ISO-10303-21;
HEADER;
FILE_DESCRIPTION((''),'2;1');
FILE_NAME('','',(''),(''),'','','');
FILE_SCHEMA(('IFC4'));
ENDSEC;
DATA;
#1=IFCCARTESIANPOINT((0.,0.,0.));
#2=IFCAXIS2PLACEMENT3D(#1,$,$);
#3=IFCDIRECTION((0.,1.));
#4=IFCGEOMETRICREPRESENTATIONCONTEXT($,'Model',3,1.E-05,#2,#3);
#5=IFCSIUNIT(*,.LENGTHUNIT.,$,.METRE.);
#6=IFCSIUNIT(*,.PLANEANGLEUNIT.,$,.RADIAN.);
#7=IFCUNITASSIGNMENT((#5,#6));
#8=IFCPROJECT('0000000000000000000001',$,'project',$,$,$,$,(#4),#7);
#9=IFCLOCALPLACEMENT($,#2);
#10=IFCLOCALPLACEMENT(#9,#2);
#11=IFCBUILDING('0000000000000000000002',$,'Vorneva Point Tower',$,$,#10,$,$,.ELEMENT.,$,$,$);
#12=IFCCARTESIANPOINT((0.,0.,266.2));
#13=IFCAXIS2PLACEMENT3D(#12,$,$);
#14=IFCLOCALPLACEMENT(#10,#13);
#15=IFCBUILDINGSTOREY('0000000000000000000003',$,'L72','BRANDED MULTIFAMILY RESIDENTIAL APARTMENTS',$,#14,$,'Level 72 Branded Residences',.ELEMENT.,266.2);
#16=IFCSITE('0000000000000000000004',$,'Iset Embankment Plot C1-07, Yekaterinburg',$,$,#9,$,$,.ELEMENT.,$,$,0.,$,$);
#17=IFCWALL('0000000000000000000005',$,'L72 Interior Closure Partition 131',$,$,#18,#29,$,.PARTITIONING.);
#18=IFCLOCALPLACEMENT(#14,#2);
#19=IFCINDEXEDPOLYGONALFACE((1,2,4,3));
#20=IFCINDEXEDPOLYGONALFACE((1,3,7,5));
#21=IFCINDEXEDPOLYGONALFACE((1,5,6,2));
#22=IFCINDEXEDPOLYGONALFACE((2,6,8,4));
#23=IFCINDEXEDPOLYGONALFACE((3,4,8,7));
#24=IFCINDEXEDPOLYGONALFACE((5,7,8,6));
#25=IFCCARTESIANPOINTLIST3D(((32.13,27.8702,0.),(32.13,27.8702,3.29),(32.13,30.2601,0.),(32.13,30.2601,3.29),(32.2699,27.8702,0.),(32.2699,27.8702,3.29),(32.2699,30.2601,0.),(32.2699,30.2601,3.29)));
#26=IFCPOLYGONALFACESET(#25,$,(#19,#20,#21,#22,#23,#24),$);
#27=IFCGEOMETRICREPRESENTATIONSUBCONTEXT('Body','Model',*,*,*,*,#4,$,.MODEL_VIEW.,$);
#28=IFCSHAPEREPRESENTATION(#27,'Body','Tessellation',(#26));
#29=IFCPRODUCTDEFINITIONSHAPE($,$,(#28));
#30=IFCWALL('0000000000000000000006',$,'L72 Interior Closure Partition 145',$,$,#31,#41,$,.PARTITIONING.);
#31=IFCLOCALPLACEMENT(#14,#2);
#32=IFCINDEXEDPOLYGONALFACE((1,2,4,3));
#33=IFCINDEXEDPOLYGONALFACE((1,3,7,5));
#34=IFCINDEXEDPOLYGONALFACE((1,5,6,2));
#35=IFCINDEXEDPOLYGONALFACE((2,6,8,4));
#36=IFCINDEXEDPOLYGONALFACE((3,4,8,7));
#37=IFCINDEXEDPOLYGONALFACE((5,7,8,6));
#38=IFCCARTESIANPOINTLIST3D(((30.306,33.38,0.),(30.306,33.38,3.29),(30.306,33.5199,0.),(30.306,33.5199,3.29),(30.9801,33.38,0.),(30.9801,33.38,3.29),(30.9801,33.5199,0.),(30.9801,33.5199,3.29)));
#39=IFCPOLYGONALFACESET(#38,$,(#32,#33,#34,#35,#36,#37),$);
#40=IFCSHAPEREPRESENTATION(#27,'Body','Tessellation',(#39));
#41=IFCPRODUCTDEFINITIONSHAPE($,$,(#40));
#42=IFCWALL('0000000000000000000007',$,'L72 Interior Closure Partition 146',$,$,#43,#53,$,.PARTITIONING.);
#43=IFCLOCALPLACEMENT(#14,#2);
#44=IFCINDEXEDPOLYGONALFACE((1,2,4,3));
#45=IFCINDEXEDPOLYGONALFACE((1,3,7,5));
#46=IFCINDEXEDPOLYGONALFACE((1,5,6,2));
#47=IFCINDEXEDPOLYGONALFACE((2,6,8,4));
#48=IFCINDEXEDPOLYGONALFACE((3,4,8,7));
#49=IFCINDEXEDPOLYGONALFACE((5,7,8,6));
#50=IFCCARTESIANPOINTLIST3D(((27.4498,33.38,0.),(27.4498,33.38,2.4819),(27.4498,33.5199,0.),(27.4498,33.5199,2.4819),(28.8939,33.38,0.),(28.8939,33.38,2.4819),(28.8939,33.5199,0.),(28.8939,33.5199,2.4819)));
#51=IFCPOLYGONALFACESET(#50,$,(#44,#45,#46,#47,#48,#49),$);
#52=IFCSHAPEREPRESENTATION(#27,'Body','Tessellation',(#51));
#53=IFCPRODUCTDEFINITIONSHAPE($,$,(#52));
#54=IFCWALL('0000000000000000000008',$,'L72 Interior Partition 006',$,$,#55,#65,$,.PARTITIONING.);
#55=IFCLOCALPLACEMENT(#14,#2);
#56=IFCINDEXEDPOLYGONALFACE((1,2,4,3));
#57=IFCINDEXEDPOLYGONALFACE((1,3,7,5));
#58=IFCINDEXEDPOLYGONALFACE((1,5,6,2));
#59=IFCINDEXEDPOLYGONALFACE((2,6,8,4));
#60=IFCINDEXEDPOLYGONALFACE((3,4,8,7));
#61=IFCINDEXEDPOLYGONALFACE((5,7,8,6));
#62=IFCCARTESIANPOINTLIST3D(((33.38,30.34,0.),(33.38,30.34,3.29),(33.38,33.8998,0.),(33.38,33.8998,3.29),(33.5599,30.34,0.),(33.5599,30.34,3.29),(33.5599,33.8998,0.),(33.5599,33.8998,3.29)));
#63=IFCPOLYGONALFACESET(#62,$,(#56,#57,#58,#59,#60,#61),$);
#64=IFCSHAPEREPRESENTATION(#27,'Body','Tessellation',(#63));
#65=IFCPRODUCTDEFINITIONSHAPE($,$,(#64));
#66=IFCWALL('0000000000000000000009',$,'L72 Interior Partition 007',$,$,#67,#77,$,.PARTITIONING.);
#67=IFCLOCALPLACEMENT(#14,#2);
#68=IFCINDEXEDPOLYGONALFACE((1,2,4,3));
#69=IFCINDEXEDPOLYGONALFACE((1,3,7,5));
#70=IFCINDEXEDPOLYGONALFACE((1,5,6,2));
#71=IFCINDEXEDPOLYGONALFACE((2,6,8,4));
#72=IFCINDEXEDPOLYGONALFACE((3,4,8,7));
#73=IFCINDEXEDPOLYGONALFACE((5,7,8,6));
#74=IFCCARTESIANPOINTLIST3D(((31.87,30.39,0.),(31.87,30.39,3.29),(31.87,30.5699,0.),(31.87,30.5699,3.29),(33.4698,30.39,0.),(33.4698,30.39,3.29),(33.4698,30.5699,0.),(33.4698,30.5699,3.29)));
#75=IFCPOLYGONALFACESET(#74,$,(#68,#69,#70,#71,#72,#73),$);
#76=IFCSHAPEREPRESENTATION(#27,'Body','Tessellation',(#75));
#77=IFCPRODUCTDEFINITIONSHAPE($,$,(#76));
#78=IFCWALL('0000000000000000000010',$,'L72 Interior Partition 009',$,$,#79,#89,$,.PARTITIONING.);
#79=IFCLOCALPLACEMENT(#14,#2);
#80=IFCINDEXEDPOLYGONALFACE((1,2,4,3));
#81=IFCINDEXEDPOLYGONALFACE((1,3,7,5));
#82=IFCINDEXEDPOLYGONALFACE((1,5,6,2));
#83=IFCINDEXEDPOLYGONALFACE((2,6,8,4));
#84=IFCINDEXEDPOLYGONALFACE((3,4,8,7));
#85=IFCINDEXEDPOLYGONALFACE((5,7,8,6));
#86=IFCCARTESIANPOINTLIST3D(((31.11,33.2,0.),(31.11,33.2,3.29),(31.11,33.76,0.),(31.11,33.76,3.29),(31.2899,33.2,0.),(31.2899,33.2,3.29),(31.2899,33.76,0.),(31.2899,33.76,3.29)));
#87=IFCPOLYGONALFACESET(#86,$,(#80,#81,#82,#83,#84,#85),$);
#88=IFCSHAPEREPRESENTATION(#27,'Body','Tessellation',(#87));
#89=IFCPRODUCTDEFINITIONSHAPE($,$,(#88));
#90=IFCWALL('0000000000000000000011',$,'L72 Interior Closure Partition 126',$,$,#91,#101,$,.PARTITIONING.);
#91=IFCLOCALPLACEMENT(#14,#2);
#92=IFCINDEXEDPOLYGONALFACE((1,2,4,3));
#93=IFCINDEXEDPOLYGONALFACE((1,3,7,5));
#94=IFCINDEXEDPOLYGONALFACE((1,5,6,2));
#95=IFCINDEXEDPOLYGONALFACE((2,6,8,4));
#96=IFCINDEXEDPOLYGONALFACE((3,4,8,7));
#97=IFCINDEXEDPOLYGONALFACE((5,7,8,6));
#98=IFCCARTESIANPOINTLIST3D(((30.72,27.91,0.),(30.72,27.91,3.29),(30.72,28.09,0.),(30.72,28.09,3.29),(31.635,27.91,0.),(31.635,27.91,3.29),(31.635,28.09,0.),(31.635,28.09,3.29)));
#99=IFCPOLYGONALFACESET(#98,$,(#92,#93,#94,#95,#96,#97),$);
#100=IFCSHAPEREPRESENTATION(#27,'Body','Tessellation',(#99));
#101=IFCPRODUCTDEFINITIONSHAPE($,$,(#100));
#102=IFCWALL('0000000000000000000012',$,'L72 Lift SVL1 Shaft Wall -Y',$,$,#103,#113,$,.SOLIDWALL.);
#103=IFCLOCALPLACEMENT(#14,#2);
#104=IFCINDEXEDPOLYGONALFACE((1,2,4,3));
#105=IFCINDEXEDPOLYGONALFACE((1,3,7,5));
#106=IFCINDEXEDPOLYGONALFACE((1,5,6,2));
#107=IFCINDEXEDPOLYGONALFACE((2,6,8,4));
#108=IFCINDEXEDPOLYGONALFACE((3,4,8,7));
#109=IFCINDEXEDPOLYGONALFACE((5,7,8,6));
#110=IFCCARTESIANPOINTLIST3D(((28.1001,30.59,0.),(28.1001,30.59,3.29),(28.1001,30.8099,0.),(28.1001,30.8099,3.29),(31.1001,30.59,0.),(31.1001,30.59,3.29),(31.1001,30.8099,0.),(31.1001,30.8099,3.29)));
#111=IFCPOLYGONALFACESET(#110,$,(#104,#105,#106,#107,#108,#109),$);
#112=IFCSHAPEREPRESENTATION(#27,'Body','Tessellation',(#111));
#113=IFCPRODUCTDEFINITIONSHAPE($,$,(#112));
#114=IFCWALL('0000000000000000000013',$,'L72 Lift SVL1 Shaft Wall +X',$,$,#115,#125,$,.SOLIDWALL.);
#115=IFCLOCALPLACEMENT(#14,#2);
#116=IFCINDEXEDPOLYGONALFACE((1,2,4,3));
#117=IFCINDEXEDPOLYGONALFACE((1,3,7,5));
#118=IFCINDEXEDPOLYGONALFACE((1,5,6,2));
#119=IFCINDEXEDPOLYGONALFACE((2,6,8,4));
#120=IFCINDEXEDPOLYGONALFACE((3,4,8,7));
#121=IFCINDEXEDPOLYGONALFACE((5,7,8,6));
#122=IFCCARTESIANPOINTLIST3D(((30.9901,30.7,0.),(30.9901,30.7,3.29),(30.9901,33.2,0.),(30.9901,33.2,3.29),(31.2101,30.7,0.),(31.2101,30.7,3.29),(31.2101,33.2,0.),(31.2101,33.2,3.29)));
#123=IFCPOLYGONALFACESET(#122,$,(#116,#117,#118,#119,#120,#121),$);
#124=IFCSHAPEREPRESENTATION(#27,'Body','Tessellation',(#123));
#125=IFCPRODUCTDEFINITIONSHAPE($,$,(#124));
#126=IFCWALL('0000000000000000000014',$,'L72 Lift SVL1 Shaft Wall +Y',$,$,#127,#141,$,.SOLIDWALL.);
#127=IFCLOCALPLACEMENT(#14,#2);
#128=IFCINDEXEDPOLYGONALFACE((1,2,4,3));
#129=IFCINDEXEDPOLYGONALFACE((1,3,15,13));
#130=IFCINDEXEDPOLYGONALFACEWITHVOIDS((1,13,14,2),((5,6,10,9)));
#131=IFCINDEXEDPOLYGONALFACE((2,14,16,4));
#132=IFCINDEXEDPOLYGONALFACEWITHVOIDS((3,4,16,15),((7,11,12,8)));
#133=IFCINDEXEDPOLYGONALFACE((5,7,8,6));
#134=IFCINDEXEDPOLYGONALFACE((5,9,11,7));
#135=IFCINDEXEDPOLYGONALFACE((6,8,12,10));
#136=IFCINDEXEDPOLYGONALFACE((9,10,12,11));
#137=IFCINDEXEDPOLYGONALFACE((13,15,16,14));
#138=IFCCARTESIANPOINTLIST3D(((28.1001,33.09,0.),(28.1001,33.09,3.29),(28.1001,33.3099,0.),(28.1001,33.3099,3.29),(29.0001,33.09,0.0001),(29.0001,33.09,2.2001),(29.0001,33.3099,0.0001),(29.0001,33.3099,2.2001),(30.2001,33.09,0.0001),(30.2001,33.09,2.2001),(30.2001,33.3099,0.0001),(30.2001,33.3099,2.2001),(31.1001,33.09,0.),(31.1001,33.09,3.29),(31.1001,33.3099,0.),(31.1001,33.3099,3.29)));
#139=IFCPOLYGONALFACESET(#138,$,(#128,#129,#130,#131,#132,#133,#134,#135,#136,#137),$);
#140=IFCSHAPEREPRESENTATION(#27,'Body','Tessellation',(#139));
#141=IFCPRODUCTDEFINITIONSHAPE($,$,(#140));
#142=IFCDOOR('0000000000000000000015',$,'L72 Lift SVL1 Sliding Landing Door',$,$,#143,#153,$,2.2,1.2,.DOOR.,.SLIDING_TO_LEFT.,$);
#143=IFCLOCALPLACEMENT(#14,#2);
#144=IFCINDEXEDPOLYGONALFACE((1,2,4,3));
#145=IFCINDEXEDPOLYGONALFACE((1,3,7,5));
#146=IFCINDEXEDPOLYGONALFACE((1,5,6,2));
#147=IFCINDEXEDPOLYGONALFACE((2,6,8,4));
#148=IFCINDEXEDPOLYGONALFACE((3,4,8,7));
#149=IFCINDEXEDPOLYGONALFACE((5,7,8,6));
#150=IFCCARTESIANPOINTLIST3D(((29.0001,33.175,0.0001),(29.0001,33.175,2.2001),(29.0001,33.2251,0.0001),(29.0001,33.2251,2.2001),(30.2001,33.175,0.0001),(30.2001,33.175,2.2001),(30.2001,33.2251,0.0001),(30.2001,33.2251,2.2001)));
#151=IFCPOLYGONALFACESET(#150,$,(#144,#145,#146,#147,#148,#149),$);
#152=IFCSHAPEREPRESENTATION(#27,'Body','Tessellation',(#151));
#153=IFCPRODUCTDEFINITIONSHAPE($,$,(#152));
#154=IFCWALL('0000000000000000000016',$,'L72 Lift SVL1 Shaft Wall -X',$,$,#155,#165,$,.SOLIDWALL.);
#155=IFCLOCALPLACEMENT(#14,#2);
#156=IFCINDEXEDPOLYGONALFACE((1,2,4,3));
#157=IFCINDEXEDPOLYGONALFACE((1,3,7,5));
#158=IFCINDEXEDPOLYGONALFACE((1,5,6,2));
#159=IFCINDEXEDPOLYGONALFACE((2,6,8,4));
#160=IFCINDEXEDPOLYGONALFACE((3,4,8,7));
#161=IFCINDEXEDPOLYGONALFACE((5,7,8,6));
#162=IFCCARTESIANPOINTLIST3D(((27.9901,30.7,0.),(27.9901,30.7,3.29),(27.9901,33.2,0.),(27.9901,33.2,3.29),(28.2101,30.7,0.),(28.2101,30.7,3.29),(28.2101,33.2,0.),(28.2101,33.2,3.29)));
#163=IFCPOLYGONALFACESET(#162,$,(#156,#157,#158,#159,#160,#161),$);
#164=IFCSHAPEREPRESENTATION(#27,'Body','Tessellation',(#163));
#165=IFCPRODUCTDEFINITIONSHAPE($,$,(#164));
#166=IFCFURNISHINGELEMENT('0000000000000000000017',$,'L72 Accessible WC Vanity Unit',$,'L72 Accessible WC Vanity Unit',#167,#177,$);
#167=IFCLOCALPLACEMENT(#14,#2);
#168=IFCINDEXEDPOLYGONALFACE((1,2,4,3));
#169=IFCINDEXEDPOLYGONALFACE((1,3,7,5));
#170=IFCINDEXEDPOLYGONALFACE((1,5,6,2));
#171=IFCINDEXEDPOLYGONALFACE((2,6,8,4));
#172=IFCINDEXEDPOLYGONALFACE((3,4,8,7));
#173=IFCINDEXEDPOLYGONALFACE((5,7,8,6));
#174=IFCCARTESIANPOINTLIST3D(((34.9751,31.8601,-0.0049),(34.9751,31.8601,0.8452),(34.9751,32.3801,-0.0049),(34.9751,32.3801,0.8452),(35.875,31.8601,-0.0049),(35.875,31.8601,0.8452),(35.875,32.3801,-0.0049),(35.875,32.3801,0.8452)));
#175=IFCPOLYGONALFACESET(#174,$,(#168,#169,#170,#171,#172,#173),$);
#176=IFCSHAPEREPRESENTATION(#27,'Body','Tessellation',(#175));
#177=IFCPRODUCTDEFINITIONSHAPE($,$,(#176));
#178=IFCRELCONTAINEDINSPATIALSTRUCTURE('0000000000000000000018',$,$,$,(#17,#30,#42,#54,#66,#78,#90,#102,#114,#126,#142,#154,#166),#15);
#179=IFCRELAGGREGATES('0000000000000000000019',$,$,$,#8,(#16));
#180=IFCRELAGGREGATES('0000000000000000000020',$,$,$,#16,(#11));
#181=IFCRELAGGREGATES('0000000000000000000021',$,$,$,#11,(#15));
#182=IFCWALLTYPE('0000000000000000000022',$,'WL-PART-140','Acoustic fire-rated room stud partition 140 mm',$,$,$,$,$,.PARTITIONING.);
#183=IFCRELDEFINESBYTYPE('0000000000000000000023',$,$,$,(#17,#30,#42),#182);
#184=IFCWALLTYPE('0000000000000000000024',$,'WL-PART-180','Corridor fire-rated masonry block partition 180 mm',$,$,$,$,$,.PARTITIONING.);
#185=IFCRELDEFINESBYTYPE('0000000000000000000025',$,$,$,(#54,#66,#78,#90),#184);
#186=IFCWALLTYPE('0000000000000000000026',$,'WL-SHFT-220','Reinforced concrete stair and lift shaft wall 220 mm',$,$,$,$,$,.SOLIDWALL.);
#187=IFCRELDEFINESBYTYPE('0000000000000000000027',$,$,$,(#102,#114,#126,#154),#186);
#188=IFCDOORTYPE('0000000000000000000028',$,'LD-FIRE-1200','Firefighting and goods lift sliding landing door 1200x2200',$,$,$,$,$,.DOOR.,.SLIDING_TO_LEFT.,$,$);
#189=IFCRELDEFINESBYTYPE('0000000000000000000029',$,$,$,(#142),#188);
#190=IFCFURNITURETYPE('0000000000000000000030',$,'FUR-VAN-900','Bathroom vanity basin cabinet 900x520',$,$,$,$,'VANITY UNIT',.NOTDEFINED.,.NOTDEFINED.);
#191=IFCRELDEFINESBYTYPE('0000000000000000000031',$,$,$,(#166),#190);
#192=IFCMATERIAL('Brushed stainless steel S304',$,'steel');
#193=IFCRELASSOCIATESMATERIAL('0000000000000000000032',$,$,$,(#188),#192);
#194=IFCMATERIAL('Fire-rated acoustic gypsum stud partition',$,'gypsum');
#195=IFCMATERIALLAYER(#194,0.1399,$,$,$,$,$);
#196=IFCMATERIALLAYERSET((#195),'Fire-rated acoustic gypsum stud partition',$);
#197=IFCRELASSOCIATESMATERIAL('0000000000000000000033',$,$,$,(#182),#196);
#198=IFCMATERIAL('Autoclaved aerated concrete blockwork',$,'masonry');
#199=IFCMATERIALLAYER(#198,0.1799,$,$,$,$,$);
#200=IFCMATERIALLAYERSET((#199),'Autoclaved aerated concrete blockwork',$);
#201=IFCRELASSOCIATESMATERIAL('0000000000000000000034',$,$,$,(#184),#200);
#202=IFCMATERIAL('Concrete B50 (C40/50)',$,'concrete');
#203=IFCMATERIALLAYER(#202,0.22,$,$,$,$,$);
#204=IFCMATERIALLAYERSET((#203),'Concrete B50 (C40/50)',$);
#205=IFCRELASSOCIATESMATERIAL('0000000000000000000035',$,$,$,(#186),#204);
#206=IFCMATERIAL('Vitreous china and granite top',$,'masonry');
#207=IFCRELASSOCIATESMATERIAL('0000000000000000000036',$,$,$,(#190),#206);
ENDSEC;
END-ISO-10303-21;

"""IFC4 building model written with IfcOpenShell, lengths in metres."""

from ifc_helpers import new_model, si_unit, direction, frame, frame_2d, origin, origin_2d, place, context, subcontext, project, spatial, rectangle, extrude, material, layer, layer_set, type_object, element, fill, save


model = new_model("IFC4")

# Units and contexts
model_context = context("Model", 3, precision=1e-05, world=origin(), true_north=direction((0.0, 1.0)))
body_context = subcontext(model_context, "Body", "Model", "MODEL_VIEW")
ifc_project = project(units=[si_unit("LENGTHUNIT", "METRE"), si_unit("PLANEANGLEUNIT", "RADIAN")], contexts=[model_context])

# Site, building, storey
site_placement = place(None, origin())
site = spatial("IfcSite", under=ifc_project, at=site_placement, Name="Iset Embankment Plot C1-07, Yekaterinburg", CompositionType="ELEMENT", RefElevation=0.0)
building_placement = place(site_placement, origin())
building = spatial("IfcBuilding", under=site, at=building_placement, Name="Vorneva Point Tower", CompositionType="ELEMENT")
storey_placement = place(building_placement, frame((0.0, 0.0, 266.2)))
storey = spatial("IfcBuildingStorey", under=building, at=storey_placement, Name="L72", Description="BRANDED MULTIFAMILY RESIDENTIAL APARTMENTS", LongName="Level 72 Branded Residences", CompositionType="ELEMENT", Elevation=266.2)

# Shared definitions
ifc_material_1 = material(Name="Concrete B50 (C40/50)", Category="concrete")

# Shared definitions
ifc_material_2 = material(Name="Brushed stainless steel S304", Category="steel")
door_type_1 = type_object("IfcDoorType", Name="LD-FIRE-1200", Description="Firefighting and goods lift sliding landing door 1200x2200", OperationType="SLIDING_TO_LEFT", PredefinedType="DOOR", material=ifc_material_2)

# Walls
ifc_material_3 = material(Name="Fire-rated acoustic gypsum stud partition", Category="gypsum")
ifc_layer_1 = layer(ifc_material_3, 0.1399)
ifc_layer_set_1 = layer_set([ifc_layer_1], Name="Fire-rated acoustic gypsum stud partition")
wall_type_1 = type_object("IfcWallType", Name="WL-PART-140", Description="Acoustic fire-rated room stud partition 140 mm", PredefinedType="PARTITIONING", material=ifc_layer_set_1)
wall_1_placement = place(storey_placement, frame((32.2, 30.26, 0.0), z_axis=(0.0, 0.0, 1.0), x_axis=(0.0, -1.0, 0.0)))
element("IfcWall", 1, at=wall_1_placement, inside=storey, type_object=wall_type_1, Name="L72 Interior Closure Partition 131", PredefinedType="PARTITIONING", context=body_context, shape_type="SweptSolid", body=[
    extrude(rectangle(XDim=2.3899, YDim=0.1399, at=frame_2d((1.1948, 0.0))), origin(), (0.0, 0.0, 1.0), 3.29),
])
wall_2_placement = place(storey_placement, frame((30.98, 33.45, 0.0), z_axis=(0.0, 0.0, 1.0), x_axis=(-1.0, 0.0, 0.0)))
element("IfcWall", 2, at=wall_2_placement, inside=storey, type_object=wall_type_1, Name="L72 Interior Closure Partition 145", PredefinedType="PARTITIONING", context=body_context, shape_type="SweptSolid", body=[
    extrude(rectangle(XDim=0.6741, YDim=0.1399, at=frame_2d((0.3369, 0.0))), origin(), (0.0, 0.0, 1.0), 3.29),
])
wall_3_placement = place(storey_placement, frame((28.894, 33.45, 0.0), z_axis=(0.0, 0.0, 1.0), x_axis=(-1.0, 0.0, 0.0)))
element("IfcWall", 3, at=wall_3_placement, inside=storey, type_object=wall_type_1, Name="L72 Interior Closure Partition 146", PredefinedType="PARTITIONING", context=body_context, shape_type="SweptSolid", body=[
    extrude(rectangle(XDim=1.4441, YDim=0.1399, at=frame_2d((0.7222, 0.0))), origin(), (0.0, 0.0, 1.0), 2.4819),
])
ifc_material_4 = material(Name="Autoclaved aerated concrete blockwork", Category="masonry")
ifc_layer_2 = layer(ifc_material_4, 0.1799)
ifc_layer_set_2 = layer_set([ifc_layer_2], Name="Autoclaved aerated concrete blockwork")
wall_type_2 = type_object("IfcWallType", Name="WL-PART-180", Description="Corridor fire-rated masonry block partition 180 mm", PredefinedType="PARTITIONING", material=ifc_layer_set_2)
wall_4_placement = place(storey_placement, frame((33.47, 30.3401, 0.0), z_axis=(0.0, 0.0, 1.0), x_axis=(0.0, 1.0, 0.0)))
element("IfcWall", 4, at=wall_4_placement, inside=storey, type_object=wall_type_2, Name="L72 Interior Partition 006", PredefinedType="PARTITIONING", context=body_context, shape_type="SweptSolid", body=[
    extrude(rectangle(XDim=3.5598, YDim=0.1799, at=frame_2d((1.7798, 0.0))), origin(), (0.0, 0.0, 1.0), 3.29),
])
wall_5_placement = place(storey_placement, frame((31.8701, 30.48, 0.0), z_axis=(0.0, 0.0, 1.0), x_axis=(1.0, 0.0, 0.0)))
element("IfcWall", 5, at=wall_5_placement, inside=storey, type_object=wall_type_2, Name="L72 Interior Partition 007", PredefinedType="PARTITIONING", context=body_context, shape_type="SweptSolid", body=[
    extrude(rectangle(XDim=1.5999, YDim=0.1799, at=frame_2d((0.7998, 0.0))), origin(), (0.0, 0.0, 1.0), 3.29),
])

# Walls
wall_6_placement = place(storey_placement, frame((31.2, 33.76, 0.0), z_axis=(0.0, 0.0, 1.0), x_axis=(0.0, -1.0, 0.0)))
element("IfcWall", 6, at=wall_6_placement, inside=storey, type_object=wall_type_2, Name="L72 Interior Partition 009", PredefinedType="PARTITIONING", context=body_context, shape_type="SweptSolid", body=[
    extrude(rectangle(XDim=0.5601, YDim=0.1799, at=frame_2d((0.28, 0.0))), origin(), (0.0, 0.0, 1.0), 3.29),
])
wall_7_placement = place(storey_placement, frame((31.635, 28.0, 0.0), z_axis=(0.0, 0.0, 1.0), x_axis=(-1.0, 0.0, 0.0)))
element("IfcWall", 7, at=wall_7_placement, inside=storey, type_object=wall_type_2, Name="L72 Interior Closure Partition 126", PredefinedType="PARTITIONING", context=body_context, shape_type="SweptSolid", body=[
    extrude(rectangle(XDim=0.915, YDim=0.1799, at=frame_2d((0.4575, 0.0))), origin(), (0.0, 0.0, 1.0), 3.29),
])
ifc_layer_3 = layer(ifc_material_1, 0.22)
ifc_layer_set_3 = layer_set([ifc_layer_3], Name="Concrete B50 (C40/50)")
wall_type_3 = type_object("IfcWallType", Name="WL-SHFT-220", Description="Reinforced concrete stair and lift shaft wall 220 mm", PredefinedType="SOLIDWALL", material=ifc_layer_set_3)
wall_8_placement = place(storey_placement, frame((28.1001, 30.7, 0.0), z_axis=(0.0, 0.0, 1.0), x_axis=(1.0, 0.0, 0.0)))
element("IfcWall", 8, at=wall_8_placement, inside=storey, type_object=wall_type_3, Name="L72 Lift SVL1 Shaft Wall -Y", PredefinedType="SOLIDWALL", context=body_context, shape_type="SweptSolid", body=[
    extrude(rectangle(XDim=3.0, YDim=0.22, at=frame_2d((1.5, 0.0))), origin(), (0.0, 0.0, 1.0), 3.29),
])
wall_9_placement = place(storey_placement, frame((31.1001, 30.7, 0.0), z_axis=(0.0, 0.0, 1.0), x_axis=(0.0, 1.0, 0.0)))
element("IfcWall", 9, at=wall_9_placement, inside=storey, type_object=wall_type_3, Name="L72 Lift SVL1 Shaft Wall +X", PredefinedType="SOLIDWALL", context=body_context, shape_type="SweptSolid", body=[
    extrude(rectangle(XDim=2.5, YDim=0.22, at=frame_2d((1.25, 0.0))), origin(), (0.0, 0.0, 1.0), 3.29),
])

# Wall, opening, door
wall_10_placement = place(storey_placement, frame((31.1001, 33.2, 0.0), z_axis=(0.0, 0.0, 1.0), x_axis=(-1.0, 0.0, 0.0)))
wall_10 = element("IfcWall", 10, at=wall_10_placement, inside=storey, type_object=wall_type_3, Name="L72 Lift SVL1 Shaft Wall +Y", PredefinedType="SOLIDWALL", context=body_context, shape_type="SweptSolid", body=[
    extrude(rectangle(XDim=3.0, YDim=0.22, at=frame_2d((1.5, 0.0))), origin(), (0.0, 0.0, 1.0), 3.29),
])
opening_1_placement = place(wall_10_placement, frame((0.8999, 0.0, 0.0)))
opening_1 = element("IfcOpeningElement", 11, at=opening_1_placement, cuts=wall_10, PredefinedType="OPENING", context=body_context, shape_type="SweptSolid", body=[
    extrude(rectangle(XDim=1.2, YDim=2.2, at=frame_2d((0.6001, 1.1001))), frame((0.0, 0.125, 0.0), z_axis=(0.0, -1.0, 0.0), x_axis=(1.0, 0.0, 0.0)), (0.0, 0.0, 1.0), 0.2498),
])
door_1_placement = place(opening_1_placement, origin())
door_1 = element("IfcDoor", 12, at=door_1_placement, inside=storey, type_object=door_type_1, Name="L72 Lift SVL1 Sliding Landing Door", OperationType="SLIDING_TO_LEFT", OverallHeight=2.2, OverallWidth=1.2, PredefinedType="DOOR", context=body_context, shape_type="SweptSolid", body=[
    extrude(rectangle(XDim=1.2, YDim=2.2, at=frame_2d((0.6001, 1.1001))), frame((0.0, 0.0249, 0.0), z_axis=(0.0, -1.0, 0.0), x_axis=(1.0, 0.0, 0.0)), (0.0, 0.0, 1.0), 0.05),
])
fill(opening_1, door_1)

# Wall
wall_11_placement = place(storey_placement, frame((28.1001, 33.2, 0.0), z_axis=(0.0, 0.0, 1.0), x_axis=(0.0, -1.0, 0.0)))
element("IfcWall", 13, at=wall_11_placement, inside=storey, type_object=wall_type_3, Name="L72 Lift SVL1 Shaft Wall -X", PredefinedType="SOLIDWALL", context=body_context, shape_type="SweptSolid", body=[
    extrude(rectangle(XDim=2.5, YDim=0.22, at=frame_2d((1.25, 0.0))), origin(), (0.0, 0.0, 1.0), 3.29),
])

# Furnishing element
ifc_material_5 = material(Name="Vitreous china and granite top", Category="masonry")
furniture_type = type_object("IfcFurnitureType", Name="FUR-VAN-900", Description="Bathroom vanity basin cabinet 900x520", ElementType="VANITY UNIT", AssemblyPlace="NOTDEFINED", PredefinedType="NOTDEFINED", material=ifc_material_5)
furnishing_placement = place(storey_placement, frame((35.425, 32.1201, -0.0049), z_axis=(0.0, 0.0, 1.0), x_axis=(1.0, 0.0, 0.0)))
element("IfcFurnishingElement", 14, at=furnishing_placement, inside=storey, type_object=furniture_type, Name="L72 Accessible WC Vanity Unit", ObjectType="L72 Accessible WC Vanity Unit", context=body_context, shape_type="SweptSolid", body=[
    extrude(rectangle(XDim=0.8999, YDim=0.52, at=origin_2d()), origin(), (0.0, 0.0, 1.0), 0.8501),
])

save(model, "model.ifc")
